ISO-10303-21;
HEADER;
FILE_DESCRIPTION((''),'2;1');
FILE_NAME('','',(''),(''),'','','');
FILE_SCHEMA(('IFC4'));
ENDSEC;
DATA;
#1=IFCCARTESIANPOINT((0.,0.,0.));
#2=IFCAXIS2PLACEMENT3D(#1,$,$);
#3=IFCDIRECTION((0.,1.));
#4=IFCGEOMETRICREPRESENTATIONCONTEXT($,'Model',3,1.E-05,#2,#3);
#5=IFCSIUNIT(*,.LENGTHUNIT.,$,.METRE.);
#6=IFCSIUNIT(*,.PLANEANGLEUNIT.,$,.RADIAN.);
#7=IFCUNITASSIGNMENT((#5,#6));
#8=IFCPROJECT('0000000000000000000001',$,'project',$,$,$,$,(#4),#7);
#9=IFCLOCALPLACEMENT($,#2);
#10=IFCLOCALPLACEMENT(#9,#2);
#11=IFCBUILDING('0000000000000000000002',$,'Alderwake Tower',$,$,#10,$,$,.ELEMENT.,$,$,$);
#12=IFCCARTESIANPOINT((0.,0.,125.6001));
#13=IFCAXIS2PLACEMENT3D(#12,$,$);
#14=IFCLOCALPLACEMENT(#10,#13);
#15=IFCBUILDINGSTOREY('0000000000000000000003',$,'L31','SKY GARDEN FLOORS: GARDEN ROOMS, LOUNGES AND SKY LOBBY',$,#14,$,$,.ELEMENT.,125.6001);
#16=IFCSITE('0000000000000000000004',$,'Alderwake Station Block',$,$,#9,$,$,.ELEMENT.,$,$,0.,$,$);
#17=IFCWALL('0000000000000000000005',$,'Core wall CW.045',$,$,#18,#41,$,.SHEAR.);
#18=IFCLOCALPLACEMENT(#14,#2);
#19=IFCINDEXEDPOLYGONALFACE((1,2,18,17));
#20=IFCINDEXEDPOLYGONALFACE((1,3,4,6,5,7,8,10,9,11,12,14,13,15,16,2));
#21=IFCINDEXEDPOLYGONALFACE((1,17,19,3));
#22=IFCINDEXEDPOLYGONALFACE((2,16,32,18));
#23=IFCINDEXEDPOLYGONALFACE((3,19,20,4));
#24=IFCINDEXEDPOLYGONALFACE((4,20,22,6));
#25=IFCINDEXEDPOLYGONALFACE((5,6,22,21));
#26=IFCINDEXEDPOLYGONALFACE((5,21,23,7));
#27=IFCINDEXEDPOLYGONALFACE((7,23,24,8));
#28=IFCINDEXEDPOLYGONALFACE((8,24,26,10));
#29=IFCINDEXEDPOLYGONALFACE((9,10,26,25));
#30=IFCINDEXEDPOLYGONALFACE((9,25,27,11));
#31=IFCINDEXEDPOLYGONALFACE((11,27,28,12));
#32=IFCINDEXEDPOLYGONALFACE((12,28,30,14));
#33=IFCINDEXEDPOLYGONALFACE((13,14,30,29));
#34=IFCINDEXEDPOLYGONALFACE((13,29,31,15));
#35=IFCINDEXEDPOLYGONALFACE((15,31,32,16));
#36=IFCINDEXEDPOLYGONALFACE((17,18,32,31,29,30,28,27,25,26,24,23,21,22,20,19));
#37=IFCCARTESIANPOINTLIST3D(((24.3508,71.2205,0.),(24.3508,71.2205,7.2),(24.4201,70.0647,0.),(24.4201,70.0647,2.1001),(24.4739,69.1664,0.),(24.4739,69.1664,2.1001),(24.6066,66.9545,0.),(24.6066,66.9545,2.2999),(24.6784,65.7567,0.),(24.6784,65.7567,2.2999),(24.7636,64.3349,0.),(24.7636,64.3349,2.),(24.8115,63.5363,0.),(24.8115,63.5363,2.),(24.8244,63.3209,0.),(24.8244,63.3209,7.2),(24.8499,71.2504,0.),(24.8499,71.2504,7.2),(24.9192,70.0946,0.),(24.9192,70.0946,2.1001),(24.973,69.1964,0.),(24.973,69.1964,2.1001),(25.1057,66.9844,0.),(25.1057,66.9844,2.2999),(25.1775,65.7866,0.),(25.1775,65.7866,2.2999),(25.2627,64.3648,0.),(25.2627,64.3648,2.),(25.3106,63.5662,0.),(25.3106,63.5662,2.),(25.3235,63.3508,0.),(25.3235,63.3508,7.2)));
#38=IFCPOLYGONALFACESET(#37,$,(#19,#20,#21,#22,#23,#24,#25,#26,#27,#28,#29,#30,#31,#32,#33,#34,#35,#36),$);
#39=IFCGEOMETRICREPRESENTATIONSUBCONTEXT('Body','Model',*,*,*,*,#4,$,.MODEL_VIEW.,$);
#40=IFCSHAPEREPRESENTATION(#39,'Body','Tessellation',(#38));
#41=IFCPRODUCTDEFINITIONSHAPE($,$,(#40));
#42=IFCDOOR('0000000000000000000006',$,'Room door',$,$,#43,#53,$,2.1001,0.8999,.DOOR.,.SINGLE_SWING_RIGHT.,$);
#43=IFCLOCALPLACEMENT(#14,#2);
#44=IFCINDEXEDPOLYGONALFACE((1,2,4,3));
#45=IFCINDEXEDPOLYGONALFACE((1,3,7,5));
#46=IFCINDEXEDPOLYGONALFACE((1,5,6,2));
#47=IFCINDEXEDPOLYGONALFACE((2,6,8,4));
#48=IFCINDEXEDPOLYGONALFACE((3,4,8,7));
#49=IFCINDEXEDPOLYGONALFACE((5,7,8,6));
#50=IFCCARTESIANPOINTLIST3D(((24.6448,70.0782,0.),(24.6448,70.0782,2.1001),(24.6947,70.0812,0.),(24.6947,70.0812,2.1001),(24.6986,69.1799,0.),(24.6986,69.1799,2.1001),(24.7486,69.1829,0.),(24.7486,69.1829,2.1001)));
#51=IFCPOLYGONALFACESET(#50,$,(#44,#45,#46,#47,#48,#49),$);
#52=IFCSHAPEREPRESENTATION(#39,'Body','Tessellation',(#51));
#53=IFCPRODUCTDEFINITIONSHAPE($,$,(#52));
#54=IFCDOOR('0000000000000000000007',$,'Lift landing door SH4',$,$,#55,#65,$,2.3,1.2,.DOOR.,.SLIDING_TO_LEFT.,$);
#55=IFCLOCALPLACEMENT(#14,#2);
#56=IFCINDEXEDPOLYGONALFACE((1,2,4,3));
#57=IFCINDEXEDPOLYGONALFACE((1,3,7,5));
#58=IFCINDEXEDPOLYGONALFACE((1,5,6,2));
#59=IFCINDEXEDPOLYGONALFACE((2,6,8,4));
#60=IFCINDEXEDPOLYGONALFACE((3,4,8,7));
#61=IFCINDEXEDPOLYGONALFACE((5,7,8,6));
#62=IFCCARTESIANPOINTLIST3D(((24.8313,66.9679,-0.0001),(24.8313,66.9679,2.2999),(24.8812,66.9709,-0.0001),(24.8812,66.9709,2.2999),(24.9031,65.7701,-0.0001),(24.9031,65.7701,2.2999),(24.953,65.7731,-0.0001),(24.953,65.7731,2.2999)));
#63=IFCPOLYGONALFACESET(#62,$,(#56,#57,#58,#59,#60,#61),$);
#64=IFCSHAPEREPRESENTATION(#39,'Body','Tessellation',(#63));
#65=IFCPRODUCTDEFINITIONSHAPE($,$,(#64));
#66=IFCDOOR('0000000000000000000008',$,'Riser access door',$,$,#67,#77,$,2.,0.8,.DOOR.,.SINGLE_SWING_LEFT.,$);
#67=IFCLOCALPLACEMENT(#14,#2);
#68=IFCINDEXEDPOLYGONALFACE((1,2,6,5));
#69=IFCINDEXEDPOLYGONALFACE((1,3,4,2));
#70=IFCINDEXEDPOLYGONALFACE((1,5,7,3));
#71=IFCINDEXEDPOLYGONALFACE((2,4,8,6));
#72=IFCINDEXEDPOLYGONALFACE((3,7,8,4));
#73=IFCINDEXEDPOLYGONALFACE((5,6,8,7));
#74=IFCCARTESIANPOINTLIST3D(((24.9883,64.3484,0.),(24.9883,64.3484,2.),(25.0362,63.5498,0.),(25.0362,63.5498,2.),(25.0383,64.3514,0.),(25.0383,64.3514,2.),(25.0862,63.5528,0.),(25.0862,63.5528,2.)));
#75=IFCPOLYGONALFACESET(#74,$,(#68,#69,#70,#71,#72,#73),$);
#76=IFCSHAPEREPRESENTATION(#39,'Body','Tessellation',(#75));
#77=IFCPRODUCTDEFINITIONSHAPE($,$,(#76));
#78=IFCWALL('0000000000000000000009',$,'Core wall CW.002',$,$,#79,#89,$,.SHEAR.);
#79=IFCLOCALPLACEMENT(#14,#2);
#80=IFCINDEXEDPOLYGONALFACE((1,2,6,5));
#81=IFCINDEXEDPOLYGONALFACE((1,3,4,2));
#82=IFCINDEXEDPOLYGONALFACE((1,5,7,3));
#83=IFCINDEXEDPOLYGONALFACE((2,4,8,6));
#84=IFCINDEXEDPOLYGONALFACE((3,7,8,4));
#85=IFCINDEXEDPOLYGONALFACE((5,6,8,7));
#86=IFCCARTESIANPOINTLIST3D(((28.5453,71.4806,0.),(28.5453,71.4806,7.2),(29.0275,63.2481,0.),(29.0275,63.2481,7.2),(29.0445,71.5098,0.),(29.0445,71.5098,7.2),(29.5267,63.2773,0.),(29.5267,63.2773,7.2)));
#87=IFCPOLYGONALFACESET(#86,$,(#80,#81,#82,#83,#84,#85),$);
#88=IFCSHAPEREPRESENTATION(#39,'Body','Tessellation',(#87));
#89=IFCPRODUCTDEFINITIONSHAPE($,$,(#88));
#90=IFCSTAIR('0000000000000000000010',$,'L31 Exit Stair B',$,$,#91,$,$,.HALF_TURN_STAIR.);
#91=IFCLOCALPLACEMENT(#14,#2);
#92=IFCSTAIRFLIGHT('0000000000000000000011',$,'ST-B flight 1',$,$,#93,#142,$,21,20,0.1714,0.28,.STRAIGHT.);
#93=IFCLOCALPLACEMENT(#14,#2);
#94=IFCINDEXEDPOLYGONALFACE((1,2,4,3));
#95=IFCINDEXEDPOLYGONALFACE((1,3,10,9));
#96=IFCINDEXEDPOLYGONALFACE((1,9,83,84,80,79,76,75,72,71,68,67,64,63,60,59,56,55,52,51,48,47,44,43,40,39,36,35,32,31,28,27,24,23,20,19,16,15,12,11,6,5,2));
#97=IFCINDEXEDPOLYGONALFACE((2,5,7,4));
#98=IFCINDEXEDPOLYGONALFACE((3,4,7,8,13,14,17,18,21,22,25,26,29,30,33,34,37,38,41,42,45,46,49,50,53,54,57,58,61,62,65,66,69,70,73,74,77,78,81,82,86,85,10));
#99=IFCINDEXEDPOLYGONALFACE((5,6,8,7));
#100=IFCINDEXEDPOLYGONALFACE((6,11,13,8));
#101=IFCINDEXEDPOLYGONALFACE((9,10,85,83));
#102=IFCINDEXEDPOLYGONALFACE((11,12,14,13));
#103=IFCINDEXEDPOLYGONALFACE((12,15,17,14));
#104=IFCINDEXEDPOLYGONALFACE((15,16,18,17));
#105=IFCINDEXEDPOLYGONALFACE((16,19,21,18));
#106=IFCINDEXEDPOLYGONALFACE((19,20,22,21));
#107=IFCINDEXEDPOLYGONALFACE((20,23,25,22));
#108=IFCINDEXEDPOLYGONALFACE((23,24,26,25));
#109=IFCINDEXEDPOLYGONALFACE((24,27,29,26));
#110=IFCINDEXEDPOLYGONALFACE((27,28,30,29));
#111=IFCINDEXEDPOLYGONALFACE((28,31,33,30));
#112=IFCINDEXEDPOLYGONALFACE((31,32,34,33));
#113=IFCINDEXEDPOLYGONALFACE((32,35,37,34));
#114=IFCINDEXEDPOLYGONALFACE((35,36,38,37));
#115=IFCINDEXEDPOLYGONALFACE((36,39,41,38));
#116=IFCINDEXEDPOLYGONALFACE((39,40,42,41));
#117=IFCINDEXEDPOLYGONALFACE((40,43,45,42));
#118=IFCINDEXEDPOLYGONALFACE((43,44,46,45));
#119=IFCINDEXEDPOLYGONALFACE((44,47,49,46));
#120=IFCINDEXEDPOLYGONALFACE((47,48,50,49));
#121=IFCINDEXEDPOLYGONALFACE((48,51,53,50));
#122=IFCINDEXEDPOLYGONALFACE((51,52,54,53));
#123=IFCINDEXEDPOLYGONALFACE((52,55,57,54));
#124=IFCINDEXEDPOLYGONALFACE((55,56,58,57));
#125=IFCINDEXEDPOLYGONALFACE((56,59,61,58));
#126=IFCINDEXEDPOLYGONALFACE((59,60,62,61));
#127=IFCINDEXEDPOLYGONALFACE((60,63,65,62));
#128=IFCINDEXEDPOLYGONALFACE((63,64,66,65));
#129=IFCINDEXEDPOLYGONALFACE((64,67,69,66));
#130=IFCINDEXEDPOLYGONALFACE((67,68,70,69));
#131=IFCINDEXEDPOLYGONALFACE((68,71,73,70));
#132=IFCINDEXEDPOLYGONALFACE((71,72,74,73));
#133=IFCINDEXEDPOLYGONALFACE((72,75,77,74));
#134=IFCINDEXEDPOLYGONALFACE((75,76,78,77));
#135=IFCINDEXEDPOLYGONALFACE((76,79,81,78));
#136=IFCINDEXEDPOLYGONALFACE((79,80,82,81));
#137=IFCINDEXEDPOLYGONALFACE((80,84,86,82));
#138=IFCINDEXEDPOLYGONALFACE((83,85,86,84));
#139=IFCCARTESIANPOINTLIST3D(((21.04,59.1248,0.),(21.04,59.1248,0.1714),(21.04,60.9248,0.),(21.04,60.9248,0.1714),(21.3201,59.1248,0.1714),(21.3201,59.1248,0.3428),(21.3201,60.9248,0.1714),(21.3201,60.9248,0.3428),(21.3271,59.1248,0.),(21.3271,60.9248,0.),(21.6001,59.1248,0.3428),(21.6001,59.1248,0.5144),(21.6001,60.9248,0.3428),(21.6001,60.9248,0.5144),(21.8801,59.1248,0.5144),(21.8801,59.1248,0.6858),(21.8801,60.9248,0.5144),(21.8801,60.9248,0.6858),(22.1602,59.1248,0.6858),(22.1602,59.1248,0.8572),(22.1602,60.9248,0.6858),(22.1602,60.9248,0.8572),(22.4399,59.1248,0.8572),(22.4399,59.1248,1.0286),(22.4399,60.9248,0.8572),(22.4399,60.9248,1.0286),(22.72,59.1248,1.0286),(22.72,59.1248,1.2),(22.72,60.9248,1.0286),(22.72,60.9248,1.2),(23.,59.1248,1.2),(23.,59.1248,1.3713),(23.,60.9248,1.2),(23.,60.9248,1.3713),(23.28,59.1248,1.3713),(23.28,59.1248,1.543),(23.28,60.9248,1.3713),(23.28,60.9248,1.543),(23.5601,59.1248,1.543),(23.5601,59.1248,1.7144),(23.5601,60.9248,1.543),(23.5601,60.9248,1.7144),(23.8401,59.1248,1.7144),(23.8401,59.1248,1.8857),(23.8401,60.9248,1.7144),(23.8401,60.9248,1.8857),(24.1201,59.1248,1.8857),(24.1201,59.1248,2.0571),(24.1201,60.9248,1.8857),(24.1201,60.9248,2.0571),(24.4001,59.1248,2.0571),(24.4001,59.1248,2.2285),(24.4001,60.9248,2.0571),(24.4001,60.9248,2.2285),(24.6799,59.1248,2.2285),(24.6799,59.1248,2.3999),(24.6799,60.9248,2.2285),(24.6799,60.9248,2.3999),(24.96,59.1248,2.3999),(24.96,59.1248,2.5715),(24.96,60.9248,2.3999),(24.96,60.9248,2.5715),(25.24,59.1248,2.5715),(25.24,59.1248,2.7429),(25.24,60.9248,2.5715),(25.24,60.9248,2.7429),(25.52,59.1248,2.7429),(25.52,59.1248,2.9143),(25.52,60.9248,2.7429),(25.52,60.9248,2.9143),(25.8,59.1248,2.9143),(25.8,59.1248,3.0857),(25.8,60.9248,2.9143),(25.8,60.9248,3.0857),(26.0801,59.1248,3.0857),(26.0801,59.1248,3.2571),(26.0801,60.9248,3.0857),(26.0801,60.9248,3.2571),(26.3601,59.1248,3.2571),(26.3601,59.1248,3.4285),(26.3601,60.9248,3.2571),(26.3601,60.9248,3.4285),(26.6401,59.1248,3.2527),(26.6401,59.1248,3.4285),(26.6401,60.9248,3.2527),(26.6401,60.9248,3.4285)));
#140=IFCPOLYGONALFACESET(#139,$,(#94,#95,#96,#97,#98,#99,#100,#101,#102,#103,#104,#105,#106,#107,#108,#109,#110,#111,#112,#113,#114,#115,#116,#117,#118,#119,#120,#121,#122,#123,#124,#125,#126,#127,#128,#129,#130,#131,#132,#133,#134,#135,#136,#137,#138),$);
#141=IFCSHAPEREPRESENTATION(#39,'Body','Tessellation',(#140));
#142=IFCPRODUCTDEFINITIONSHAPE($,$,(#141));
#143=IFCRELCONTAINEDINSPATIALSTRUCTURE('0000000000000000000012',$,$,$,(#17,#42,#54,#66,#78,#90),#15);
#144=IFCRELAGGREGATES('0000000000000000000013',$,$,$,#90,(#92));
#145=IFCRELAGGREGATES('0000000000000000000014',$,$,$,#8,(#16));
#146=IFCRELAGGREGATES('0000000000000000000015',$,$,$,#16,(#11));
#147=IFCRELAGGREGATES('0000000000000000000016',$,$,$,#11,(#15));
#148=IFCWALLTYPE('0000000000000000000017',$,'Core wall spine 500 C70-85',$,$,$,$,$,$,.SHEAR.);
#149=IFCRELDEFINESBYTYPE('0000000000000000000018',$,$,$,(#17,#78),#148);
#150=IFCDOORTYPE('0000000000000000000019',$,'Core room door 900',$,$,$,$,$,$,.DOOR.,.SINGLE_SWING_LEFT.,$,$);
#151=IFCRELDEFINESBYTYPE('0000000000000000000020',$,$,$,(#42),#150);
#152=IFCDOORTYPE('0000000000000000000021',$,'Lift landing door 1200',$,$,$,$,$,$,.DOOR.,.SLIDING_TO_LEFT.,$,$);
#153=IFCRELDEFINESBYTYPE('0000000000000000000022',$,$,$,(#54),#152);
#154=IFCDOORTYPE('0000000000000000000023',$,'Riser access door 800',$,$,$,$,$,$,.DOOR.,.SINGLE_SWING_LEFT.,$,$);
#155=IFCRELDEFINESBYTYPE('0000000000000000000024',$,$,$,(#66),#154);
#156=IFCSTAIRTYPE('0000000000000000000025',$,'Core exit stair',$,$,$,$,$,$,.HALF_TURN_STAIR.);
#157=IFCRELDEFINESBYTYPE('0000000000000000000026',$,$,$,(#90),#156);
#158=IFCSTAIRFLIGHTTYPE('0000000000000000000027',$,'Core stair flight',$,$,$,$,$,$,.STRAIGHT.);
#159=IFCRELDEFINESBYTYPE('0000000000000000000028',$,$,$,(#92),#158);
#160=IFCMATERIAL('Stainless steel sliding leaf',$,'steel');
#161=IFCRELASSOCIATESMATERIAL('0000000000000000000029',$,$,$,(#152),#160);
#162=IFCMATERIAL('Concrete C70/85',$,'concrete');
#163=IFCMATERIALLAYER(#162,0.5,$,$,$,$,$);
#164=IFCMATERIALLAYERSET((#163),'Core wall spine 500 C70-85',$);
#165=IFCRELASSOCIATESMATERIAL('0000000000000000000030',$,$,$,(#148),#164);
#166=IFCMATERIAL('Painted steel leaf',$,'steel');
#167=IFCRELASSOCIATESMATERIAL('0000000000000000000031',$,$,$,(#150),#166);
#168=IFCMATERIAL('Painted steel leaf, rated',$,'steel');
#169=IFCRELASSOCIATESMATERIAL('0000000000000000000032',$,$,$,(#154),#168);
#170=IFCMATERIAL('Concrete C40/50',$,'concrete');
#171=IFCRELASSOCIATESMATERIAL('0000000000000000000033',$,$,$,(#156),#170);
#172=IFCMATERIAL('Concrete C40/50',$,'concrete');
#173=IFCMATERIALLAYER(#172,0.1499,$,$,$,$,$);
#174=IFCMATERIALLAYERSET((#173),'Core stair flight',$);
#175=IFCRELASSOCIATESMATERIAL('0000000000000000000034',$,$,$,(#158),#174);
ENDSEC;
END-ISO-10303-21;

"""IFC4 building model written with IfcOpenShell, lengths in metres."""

from ifc_helpers import new_model, si_unit, direction, frame, frame_2d, origin, place, context, subcontext, project, spatial, polyline, rectangle, outline, extrude, material, layer, layer_set, type_object, element, fill, aggregate, save


model = new_model("IFC4")

# Units and contexts
model_context = context("Model", 3, precision=1e-05, world=origin(), true_north=direction((0.0, 1.0)))
body_context = subcontext(model_context, "Body", "Model", "MODEL_VIEW")
ifc_project = project(units=[si_unit("LENGTHUNIT", "METRE"), si_unit("PLANEANGLEUNIT", "RADIAN")], contexts=[model_context])

# Site, building, storey
site_placement = place(None, origin())
site = spatial("IfcSite", under=ifc_project, at=site_placement, Name="Alderwake Station Block", CompositionType="ELEMENT", RefElevation=0.0)
building_placement = place(site_placement, origin())
building = spatial("IfcBuilding", under=site, at=building_placement, Name="Alderwake Tower", CompositionType="ELEMENT")
storey_placement = place(building_placement, frame((0.0, 0.0, 125.6001)))
storey = spatial("IfcBuildingStorey", under=building, at=storey_placement, Name="L31", Description="SKY GARDEN FLOORS: GARDEN ROOMS, LOUNGES AND SKY LOBBY", CompositionType="ELEMENT", Elevation=125.6001)

# Shared definitions
ifc_material_1 = material(Name="Stainless steel sliding leaf", Category="steel")
door_type_1 = type_object("IfcDoorType", Name="Lift landing door 1200", OperationType="SLIDING_TO_LEFT", PredefinedType="DOOR", material=ifc_material_1)

# Wall, openings, doors
ifc_material_2 = material(Name="Concrete C70/85", Category="concrete")
ifc_layer_1 = layer(ifc_material_2, 0.5)
ifc_layer_set_1 = layer_set([ifc_layer_1], Name="Core wall spine 500 C70-85")
wall_type_1 = type_object("IfcWallType", Name="Core wall spine 500 C70-85", PredefinedType="SHEAR", material=ifc_layer_set_1)
wall_1_placement = place(storey_placement, frame((25.074, 63.3357, 0.0), z_axis=(0.0, 0.0, 1.0), x_axis=(-0.059849, 0.998207, 0.0)))
wall_1 = element("IfcWall", 1, at=wall_1_placement, inside=storey, type_object=wall_type_1, Name="Core wall CW.045", PredefinedType="SHEAR", context=body_context, shape_type="SweptSolid", body=[
    extrude(rectangle(XDim=7.9138, YDim=0.5, at=frame_2d((3.957, 0.0))), origin(), (0.0, 0.0, 1.0), 7.2),
])
opening_1_placement = place(wall_1_placement, frame((2.4402, 0.0, 0.0)))
opening_1 = element("IfcOpeningElement", 2, at=opening_1_placement, cuts=wall_1, PredefinedType="OPENING", context=body_context, shape_type="SweptSolid", body=[
    extrude(rectangle(XDim=1.2, YDim=2.3, at=frame_2d((0.6001, 1.1499))), frame((0.0, 0.26, 0.0), z_axis=(0.0, -1.0, 0.0), x_axis=(1.0, 0.0, 0.0)), (0.0, 0.0, 1.0), 0.52),
])
opening_2_placement = place(wall_1_placement, frame((0.2161, 0.0, 0.0)))
opening_2 = element("IfcOpeningElement", 3, at=opening_2_placement, cuts=wall_1, PredefinedType="OPENING", context=body_context, shape_type="SweptSolid", body=[
    extrude(rectangle(XDim=0.8, YDim=2.0, at=frame_2d((0.3999, 1.0))), frame((0.0, 0.26, 0.0), z_axis=(0.0, -1.0, 0.0), x_axis=(1.0, 0.0, 0.0)), (0.0, 0.0, 1.0), 0.52),
])
opening_3_placement = place(wall_1_placement, frame((5.8562, 0.0, 0.0)))
opening_3 = element("IfcOpeningElement", 4, at=opening_3_placement, cuts=wall_1, PredefinedType="OPENING", context=body_context, shape_type="SweptSolid", body=[
    extrude(rectangle(XDim=0.8999, YDim=2.1001, at=frame_2d((0.45, 1.05))), frame((0.0, 0.26, 0.0), z_axis=(0.0, -1.0, 0.0), x_axis=(1.0, 0.0, 0.0)), (0.0, 0.0, 1.0), 0.52),
])
ifc_material_3 = material(Name="Painted steel leaf", Category="steel")
door_type_2 = type_object("IfcDoorType", Name="Core room door 900", OperationType="SINGLE_SWING_LEFT", PredefinedType="DOOR", material=ifc_material_3)
door_1_placement = place(opening_3_placement, origin())
door_1 = element("IfcDoor", 5, at=door_1_placement, inside=storey, type_object=door_type_2, Name="Room door", OperationType="SINGLE_SWING_RIGHT", OverallHeight=2.1001, OverallWidth=0.8999, PredefinedType="DOOR", context=body_context, shape_type="SweptSolid", body=[
    extrude(rectangle(XDim=0.8999, YDim=2.1001, at=frame_2d((0.45, 1.05))), frame((0.0, 0.0249, 0.0), z_axis=(0.0, -1.0, 0.0), x_axis=(1.0, 0.0, 0.0)), (0.0, 0.0, 1.0), 0.05),
])
fill(opening_3, door_1)
door_2_placement = place(opening_1_placement, origin())
door_2 = element("IfcDoor", 6, at=door_2_placement, inside=storey, type_object=door_type_1, Name="Lift landing door SH4", OperationType="SLIDING_TO_LEFT", OverallHeight=2.3, OverallWidth=1.2, PredefinedType="DOOR", context=body_context, shape_type="SweptSolid", body=[
    extrude(rectangle(XDim=1.2, YDim=2.3, at=frame_2d((0.6001, 1.1499))), frame((0.0, 0.0249, 0.0), z_axis=(0.0, -1.0, 0.0), x_axis=(1.0, 0.0, 0.0)), (0.0, 0.0, 1.0), 0.05),
])
fill(opening_1, door_2)
ifc_material_4 = material(Name="Painted steel leaf, rated", Category="steel")
door_type_3 = type_object("IfcDoorType", Name="Riser access door 800", OperationType="SINGLE_SWING_LEFT", PredefinedType="DOOR", material=ifc_material_4)
door_3_placement = place(opening_2_placement, origin())
door_3 = element("IfcDoor", 7, at=door_3_placement, inside=storey, type_object=door_type_3, Name="Riser access door", OperationType="SINGLE_SWING_LEFT", OverallHeight=2.0, OverallWidth=0.8, PredefinedType="DOOR", context=body_context, shape_type="SweptSolid", body=[
    extrude(rectangle(XDim=0.8, YDim=2.0, at=frame_2d((0.3999, 1.0))), frame((0.0, 0.0249, 0.0), z_axis=(0.0, -1.0, 0.0), x_axis=(1.0, 0.0, 0.0)), (0.0, 0.0, 1.0), 0.05),
])
fill(opening_2, door_3)

# Wall
wall_2_placement = place(storey_placement, frame((29.2771, 63.2627, 0.0), z_axis=(0.0, 0.0, 1.0), x_axis=(-0.05847, 0.998289, 0.0)))
element("IfcWall", 8, at=wall_2_placement, inside=storey, type_object=wall_type_1, Name="Core wall CW.002", PredefinedType="SHEAR", context=body_context, shape_type="SweptSolid", body=[
    extrude(rectangle(XDim=8.2466, YDim=0.5, at=frame_2d((4.1233, 0.0))), origin(), (0.0, 0.0, 1.0), 7.2),
])

# Stair, stair flight
ifc_material_5 = material(Name="Concrete C40/50", Category="concrete")
stair_type = type_object("IfcStairType", Name="Core exit stair", PredefinedType="HALF_TURN_STAIR", material=ifc_material_5)
stair_placement = place(storey_placement, origin())
stair = element("IfcStair", 9, at=stair_placement, inside=storey, type_object=stair_type, Name="L31 Exit Stair B", PredefinedType="HALF_TURN_STAIR")
ifc_material_6 = material(Name="Concrete C40/50", Category="concrete")
ifc_layer_2 = layer(ifc_material_6, 0.1499)
ifc_layer_set_2 = layer_set([ifc_layer_2], Name="Core stair flight")
stair_flight_type = type_object("IfcStairFlightType", Name="Core stair flight", PredefinedType="STRAIGHT", material=ifc_layer_set_2)
stair_flight_1_placement = place(storey_placement, frame((21.04, 60.0249, 0.0), z_axis=(0.0, 0.0, 1.0), x_axis=(1.0, 0.0, 0.0)))
stair_flight_1 = element("IfcStairFlight", 10, at=stair_flight_1_placement, type_object=stair_flight_type, Name="ST-B flight 1", NumberOfRisers=21, NumberOfTreads=20, PredefinedType="STRAIGHT", RiserHeight=0.1714, TreadLength=0.28, context=body_context, shape_type="SweptSolid", body=[
    extrude(outline(polyline([(0.0, 0.0), (0.0, 0.1714), (0.28, 0.1714), (0.28, 0.3428), (0.5601, 0.3428), (0.5601, 0.5144), (0.8401, 0.5144), (0.8401, 0.6858), (1.1201, 0.6858), (1.1201, 0.8572), (1.3999, 0.8572), (1.3999, 1.0286), (1.6799, 1.0286), (1.6799, 1.2), (1.96, 1.2), (1.96, 1.3713), (2.24, 1.3713), (2.24, 1.543), (2.52, 1.543), (2.52, 1.7144), (2.8, 1.7144), (2.8, 1.8857), (3.0801, 1.8857), (3.0801, 2.0571), (3.3601, 2.0571), (3.3601, 2.2285), (3.6399, 2.2285), (3.6399, 2.3999), (3.9199, 2.3999), (3.9199, 2.5715), (4.2, 2.5715), (4.2, 2.7429), (4.48, 2.7429), (4.48, 2.9143), (4.76, 2.9143), (4.76, 3.0857), (5.04, 3.0857), (5.04, 3.2571), (5.3201, 3.2571), (5.3201, 3.4285), (5.6001, 3.4285), (5.6001, 3.6001), (5.6001, 3.2527), (0.2871, 0.0), (0.0, 0.0)])), frame((0.0, 0.8999, 0.0), z_axis=(0.0, -1.0, 0.0), x_axis=(1.0, 0.0, 0.0)), (0.0, 0.0, 1.0), 1.8),
])
aggregate(stair, [stair_flight_1])

save(model, "model.ifc")
